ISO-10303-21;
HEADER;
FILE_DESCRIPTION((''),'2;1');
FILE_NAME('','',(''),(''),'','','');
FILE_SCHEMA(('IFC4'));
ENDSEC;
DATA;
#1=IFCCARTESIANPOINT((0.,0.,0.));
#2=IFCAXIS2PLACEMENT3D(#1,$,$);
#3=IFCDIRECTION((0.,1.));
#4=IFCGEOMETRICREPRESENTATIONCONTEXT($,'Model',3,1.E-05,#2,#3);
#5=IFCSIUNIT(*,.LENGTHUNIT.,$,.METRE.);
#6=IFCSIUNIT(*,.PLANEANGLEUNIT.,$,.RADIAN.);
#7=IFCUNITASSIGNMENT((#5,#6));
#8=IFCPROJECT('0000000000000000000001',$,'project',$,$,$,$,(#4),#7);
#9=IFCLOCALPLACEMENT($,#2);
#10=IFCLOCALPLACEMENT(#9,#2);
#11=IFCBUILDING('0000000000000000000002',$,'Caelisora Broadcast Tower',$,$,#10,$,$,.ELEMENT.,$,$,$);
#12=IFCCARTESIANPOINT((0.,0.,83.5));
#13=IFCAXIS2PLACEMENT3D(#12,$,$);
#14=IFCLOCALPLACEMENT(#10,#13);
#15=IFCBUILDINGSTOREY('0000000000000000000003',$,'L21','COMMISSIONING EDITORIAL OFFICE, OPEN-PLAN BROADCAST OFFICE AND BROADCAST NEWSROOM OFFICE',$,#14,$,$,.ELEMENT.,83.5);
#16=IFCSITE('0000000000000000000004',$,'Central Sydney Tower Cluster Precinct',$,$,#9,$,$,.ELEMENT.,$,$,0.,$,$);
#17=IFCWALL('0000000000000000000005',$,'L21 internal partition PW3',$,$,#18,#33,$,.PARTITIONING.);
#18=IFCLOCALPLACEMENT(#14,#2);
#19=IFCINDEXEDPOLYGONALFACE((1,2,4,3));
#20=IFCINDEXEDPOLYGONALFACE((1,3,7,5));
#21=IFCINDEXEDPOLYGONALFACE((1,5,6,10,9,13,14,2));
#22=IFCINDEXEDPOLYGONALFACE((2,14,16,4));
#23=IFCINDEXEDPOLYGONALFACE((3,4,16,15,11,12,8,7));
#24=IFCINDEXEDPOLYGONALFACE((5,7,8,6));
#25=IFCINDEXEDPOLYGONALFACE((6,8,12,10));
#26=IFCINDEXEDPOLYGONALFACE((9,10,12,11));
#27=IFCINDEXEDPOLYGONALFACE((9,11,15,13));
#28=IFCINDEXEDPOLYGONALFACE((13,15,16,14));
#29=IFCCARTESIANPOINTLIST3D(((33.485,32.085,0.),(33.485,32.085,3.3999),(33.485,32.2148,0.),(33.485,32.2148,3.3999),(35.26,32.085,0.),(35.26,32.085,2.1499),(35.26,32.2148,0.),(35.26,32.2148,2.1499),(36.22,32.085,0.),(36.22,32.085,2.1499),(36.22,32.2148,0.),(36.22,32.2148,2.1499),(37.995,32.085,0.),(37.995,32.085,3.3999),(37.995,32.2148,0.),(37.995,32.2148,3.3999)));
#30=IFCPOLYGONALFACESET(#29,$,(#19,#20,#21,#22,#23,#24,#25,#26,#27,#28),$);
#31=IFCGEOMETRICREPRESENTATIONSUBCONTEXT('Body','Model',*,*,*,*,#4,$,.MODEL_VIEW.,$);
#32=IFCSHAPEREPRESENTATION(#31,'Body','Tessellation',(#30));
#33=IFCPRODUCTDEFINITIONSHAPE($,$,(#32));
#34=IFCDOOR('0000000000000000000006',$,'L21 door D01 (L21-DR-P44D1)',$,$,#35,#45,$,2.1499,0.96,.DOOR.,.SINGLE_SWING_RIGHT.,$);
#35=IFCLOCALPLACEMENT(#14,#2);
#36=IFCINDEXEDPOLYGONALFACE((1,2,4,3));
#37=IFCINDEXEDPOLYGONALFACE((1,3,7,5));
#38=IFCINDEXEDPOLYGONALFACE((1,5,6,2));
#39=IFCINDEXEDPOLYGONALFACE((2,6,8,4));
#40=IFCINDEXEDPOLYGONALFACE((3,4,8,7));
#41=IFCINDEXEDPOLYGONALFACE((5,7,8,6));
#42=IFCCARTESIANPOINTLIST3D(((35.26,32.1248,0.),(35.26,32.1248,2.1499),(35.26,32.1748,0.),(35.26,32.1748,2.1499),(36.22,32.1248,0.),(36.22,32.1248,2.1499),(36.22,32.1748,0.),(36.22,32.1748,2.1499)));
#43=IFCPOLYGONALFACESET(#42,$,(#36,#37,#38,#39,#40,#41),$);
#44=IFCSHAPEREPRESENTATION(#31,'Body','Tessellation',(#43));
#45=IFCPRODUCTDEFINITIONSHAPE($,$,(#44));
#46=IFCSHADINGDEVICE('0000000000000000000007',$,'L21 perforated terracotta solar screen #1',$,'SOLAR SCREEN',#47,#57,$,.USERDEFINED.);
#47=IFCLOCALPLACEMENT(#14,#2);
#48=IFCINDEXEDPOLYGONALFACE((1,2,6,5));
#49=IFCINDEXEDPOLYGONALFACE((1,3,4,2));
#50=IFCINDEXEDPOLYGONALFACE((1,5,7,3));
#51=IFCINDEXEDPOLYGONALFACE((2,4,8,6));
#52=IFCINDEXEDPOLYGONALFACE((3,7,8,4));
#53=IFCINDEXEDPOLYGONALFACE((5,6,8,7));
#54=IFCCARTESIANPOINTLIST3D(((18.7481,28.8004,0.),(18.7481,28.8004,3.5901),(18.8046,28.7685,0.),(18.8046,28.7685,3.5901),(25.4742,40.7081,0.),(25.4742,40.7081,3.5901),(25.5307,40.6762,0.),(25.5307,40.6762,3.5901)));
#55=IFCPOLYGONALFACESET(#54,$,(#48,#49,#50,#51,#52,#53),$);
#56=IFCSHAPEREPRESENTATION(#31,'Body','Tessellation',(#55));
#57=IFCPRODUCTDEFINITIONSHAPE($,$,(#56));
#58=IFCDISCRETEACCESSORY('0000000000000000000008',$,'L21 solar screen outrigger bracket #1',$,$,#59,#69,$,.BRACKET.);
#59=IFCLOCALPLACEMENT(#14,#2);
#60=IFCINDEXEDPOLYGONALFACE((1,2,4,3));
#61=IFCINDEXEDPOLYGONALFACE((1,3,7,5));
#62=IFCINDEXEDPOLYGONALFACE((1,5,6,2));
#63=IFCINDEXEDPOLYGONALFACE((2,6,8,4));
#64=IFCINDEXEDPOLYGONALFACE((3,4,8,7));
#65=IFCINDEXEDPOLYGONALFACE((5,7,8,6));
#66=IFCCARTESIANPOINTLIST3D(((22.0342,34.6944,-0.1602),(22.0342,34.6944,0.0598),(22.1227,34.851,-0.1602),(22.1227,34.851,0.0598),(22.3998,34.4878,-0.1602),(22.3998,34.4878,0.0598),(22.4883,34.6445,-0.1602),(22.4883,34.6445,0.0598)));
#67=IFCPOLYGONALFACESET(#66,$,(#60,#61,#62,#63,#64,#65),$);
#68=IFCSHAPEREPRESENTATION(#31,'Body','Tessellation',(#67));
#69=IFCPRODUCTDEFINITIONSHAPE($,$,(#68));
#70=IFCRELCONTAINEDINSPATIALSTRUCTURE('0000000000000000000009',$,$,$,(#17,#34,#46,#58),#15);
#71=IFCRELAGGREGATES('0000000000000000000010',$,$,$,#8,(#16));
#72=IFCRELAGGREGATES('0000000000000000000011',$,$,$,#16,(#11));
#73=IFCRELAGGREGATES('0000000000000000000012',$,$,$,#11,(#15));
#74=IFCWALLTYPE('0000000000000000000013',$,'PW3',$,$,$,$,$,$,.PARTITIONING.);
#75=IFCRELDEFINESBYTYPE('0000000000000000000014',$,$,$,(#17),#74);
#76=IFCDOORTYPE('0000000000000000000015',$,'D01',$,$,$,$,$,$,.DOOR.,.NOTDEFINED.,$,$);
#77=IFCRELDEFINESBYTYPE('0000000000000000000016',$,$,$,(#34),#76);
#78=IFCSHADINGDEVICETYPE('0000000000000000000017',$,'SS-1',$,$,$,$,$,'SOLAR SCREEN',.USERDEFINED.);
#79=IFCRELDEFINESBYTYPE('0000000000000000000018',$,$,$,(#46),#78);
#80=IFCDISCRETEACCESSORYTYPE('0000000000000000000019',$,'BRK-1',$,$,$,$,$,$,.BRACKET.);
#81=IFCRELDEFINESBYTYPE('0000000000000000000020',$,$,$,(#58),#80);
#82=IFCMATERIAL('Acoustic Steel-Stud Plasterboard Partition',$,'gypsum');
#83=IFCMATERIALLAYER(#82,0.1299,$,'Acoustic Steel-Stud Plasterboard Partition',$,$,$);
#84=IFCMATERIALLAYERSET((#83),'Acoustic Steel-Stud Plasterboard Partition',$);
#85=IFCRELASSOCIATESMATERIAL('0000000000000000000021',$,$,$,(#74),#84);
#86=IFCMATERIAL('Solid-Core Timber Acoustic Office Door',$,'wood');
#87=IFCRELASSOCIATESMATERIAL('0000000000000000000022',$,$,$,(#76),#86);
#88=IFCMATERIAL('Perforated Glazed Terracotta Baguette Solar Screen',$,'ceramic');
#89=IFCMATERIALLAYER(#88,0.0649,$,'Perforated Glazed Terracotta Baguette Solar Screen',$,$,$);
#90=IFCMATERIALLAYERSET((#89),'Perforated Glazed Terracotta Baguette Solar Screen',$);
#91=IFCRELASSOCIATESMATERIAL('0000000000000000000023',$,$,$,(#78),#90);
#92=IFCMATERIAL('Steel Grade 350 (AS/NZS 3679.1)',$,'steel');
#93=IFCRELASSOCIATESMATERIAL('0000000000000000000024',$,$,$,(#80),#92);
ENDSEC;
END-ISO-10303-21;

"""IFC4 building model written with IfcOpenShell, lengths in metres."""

from ifc_helpers import new_model, si_unit, direction, frame, frame_2d, origin, origin_2d, place, context, subcontext, project, spatial, rectangle, extrude, source, transform, mapped, material, layer, layer_set, type_object, type_shapes, element, fill, save


model = new_model("IFC4")

# Units and contexts
model_context = context("Model", 3, precision=1e-05, world=origin(), true_north=direction((0.0, 1.0)))
body_context = subcontext(model_context, "Body", "Model", "MODEL_VIEW")
ifc_project = project(units=[si_unit("LENGTHUNIT", "METRE"), si_unit("PLANEANGLEUNIT", "RADIAN")], contexts=[model_context])

# Site, building, storey
site_placement = place(None, origin())
site = spatial("IfcSite", under=ifc_project, at=site_placement, Name="Central Sydney Tower Cluster Precinct", CompositionType="ELEMENT", RefElevation=0.0)
building_placement = place(site_placement, origin())
building = spatial("IfcBuilding", under=site, at=building_placement, Name="Caelisora Broadcast Tower", CompositionType="ELEMENT")
storey_placement = place(building_placement, frame((0.0, 0.0, 83.5)))
storey = spatial("IfcBuildingStorey", under=building, at=storey_placement, Name="L21", Description="COMMISSIONING EDITORIAL OFFICE, OPEN-PLAN BROADCAST OFFICE AND BROADCAST NEWSROOM OFFICE", CompositionType="ELEMENT", Elevation=83.5)

# Shared definitions
ifc_material_1 = material(Name="Steel Grade 350 (AS/NZS 3679.1)", Category="steel")

# Shared definitions
ifc_material_2 = material(Name="Acoustic Steel-Stud Plasterboard Partition", Category="gypsum")
ifc_layer_1 = layer(ifc_material_2, 0.1299, Name="Acoustic Steel-Stud Plasterboard Partition")
ifc_layer_set_1 = layer_set([ifc_layer_1], Name="Acoustic Steel-Stud Plasterboard Partition")
wall_type = type_object("IfcWallType", Name="PW3", PredefinedType="PARTITIONING", material=ifc_layer_set_1)
ifc_material_3 = material(Name="Solid-Core Timber Acoustic Office Door", Category="wood")
door_type = type_object("IfcDoorType", Name="D01", OperationType="NOTDEFINED", PredefinedType="DOOR", material=ifc_material_3)

# Wall, opening, door
wall_1_placement = place(storey_placement, frame((33.4851, 32.1499, 0.0), z_axis=(0.0, 0.0, 1.0), x_axis=(1.0, 0.0, 0.0)))
wall_1 = element("IfcWall", 1, at=wall_1_placement, inside=storey, type_object=wall_type, Name="L21 internal partition PW3", PredefinedType="PARTITIONING", context=body_context, shape_type="SweptSolid", body=[
    extrude(rectangle(XDim=4.51, YDim=0.1299, at=frame_2d((2.2549, 0.0))), origin(), (0.0, 0.0, 1.0), 3.3999),
])
opening_1_placement = place(wall_1_placement, frame((1.7749, 0.0, 0.0)))
opening_1 = element("IfcOpeningElement", 2, at=opening_1_placement, cuts=wall_1, PredefinedType="OPENING", context=body_context, shape_type="SweptSolid", body=[
    extrude(rectangle(XDim=0.96, YDim=2.1499, at=frame_2d((0.48, 1.075))), frame((0.0, 0.0769, 0.0), z_axis=(0.0, -1.0, 0.0), x_axis=(1.0, 0.0, 0.0)), (0.0, 0.0, 1.0), 0.1538),
])
door_1_placement = place(opening_1_placement, origin())
door_1 = element("IfcDoor", 3, at=door_1_placement, inside=storey, type_object=door_type, Name="L21 door D01 (L21-DR-P44D1)", OperationType="SINGLE_SWING_RIGHT", OverallHeight=2.1499, OverallWidth=0.96, PredefinedType="DOOR", context=body_context, shape_type="SweptSolid", body=[
    extrude(rectangle(XDim=0.96, YDim=2.1499, at=frame_2d((0.48, 1.075))), frame((0.0, 0.0249, 0.0), z_axis=(0.0, -1.0, 0.0), x_axis=(1.0, 0.0, 0.0)), (0.0, 0.0, 1.0), 0.05),
])
fill(opening_1, door_1)

# Shading device
ifc_material_4 = material(Name="Perforated Glazed Terracotta Baguette Solar Screen", Category="ceramic")
ifc_layer_2 = layer(ifc_material_4, 0.0649, Name="Perforated Glazed Terracotta Baguette Solar Screen")
ifc_layer_set_2 = layer_set([ifc_layer_2], Name="Perforated Glazed Terracotta Baguette Solar Screen")
shading_device_type = type_object("IfcShadingDeviceType", Name="SS-1", ElementType="SOLAR SCREEN", PredefinedType="USERDEFINED", material=ifc_layer_set_2)
shared_shape_1 = source(origin(), body_context, "Body", "SweptSolid", [
    extrude(rectangle(XDim=13.676, YDim=0.0649, at=origin_2d()), origin(), (0.0, 0.0, 1.0), 3.5901),
])
type_shapes(shading_device_type, [shared_shape_1])
shading_device_placement = place(storey_placement, frame((22.1394, 34.7383, 0.0), z_axis=(0.0, 0.0, 1.0), x_axis=(-0.491816, -0.870699, 0.0)))
element("IfcShadingDevice", 4, at=shading_device_placement, inside=storey, type_object=shading_device_type, Name="L21 perforated terracotta solar screen #1", ObjectType="SOLAR SCREEN", PredefinedType="USERDEFINED", context=body_context, shape_type="MappedRepresentation", body=[
    mapped(shared_shape_1, transform((0.0, 0.0, 0.0), scale=1.0)),
])

# Discrete accessory
discrete_accessory_type = type_object("IfcDiscreteAccessoryType", Name="BRK-1", PredefinedType="BRACKET", material=ifc_material_1)
shared_shape_2 = source(origin(), body_context, "Body", "SweptSolid", [
    extrude(rectangle(XDim=0.1799, YDim=0.4199, at=origin_2d()), origin(), (0.0, 0.0, 1.0), 0.22),
])
type_shapes(discrete_accessory_type, [shared_shape_2])
discrete_accessory_placement = place(storey_placement, frame((22.2612, 34.6694, -0.1602), z_axis=(0.0, 0.0, 1.0), x_axis=(-0.491816, -0.870699, 0.0)))
element("IfcDiscreteAccessory", 5, at=discrete_accessory_placement, inside=storey, type_object=discrete_accessory_type, Name="L21 solar screen outrigger bracket #1", PredefinedType="BRACKET", context=body_context, shape_type="MappedRepresentation", body=[
    mapped(shared_shape_2, transform((0.0, 0.0, 0.0), scale=1.0)),
])

save(model, "model.ifc")
